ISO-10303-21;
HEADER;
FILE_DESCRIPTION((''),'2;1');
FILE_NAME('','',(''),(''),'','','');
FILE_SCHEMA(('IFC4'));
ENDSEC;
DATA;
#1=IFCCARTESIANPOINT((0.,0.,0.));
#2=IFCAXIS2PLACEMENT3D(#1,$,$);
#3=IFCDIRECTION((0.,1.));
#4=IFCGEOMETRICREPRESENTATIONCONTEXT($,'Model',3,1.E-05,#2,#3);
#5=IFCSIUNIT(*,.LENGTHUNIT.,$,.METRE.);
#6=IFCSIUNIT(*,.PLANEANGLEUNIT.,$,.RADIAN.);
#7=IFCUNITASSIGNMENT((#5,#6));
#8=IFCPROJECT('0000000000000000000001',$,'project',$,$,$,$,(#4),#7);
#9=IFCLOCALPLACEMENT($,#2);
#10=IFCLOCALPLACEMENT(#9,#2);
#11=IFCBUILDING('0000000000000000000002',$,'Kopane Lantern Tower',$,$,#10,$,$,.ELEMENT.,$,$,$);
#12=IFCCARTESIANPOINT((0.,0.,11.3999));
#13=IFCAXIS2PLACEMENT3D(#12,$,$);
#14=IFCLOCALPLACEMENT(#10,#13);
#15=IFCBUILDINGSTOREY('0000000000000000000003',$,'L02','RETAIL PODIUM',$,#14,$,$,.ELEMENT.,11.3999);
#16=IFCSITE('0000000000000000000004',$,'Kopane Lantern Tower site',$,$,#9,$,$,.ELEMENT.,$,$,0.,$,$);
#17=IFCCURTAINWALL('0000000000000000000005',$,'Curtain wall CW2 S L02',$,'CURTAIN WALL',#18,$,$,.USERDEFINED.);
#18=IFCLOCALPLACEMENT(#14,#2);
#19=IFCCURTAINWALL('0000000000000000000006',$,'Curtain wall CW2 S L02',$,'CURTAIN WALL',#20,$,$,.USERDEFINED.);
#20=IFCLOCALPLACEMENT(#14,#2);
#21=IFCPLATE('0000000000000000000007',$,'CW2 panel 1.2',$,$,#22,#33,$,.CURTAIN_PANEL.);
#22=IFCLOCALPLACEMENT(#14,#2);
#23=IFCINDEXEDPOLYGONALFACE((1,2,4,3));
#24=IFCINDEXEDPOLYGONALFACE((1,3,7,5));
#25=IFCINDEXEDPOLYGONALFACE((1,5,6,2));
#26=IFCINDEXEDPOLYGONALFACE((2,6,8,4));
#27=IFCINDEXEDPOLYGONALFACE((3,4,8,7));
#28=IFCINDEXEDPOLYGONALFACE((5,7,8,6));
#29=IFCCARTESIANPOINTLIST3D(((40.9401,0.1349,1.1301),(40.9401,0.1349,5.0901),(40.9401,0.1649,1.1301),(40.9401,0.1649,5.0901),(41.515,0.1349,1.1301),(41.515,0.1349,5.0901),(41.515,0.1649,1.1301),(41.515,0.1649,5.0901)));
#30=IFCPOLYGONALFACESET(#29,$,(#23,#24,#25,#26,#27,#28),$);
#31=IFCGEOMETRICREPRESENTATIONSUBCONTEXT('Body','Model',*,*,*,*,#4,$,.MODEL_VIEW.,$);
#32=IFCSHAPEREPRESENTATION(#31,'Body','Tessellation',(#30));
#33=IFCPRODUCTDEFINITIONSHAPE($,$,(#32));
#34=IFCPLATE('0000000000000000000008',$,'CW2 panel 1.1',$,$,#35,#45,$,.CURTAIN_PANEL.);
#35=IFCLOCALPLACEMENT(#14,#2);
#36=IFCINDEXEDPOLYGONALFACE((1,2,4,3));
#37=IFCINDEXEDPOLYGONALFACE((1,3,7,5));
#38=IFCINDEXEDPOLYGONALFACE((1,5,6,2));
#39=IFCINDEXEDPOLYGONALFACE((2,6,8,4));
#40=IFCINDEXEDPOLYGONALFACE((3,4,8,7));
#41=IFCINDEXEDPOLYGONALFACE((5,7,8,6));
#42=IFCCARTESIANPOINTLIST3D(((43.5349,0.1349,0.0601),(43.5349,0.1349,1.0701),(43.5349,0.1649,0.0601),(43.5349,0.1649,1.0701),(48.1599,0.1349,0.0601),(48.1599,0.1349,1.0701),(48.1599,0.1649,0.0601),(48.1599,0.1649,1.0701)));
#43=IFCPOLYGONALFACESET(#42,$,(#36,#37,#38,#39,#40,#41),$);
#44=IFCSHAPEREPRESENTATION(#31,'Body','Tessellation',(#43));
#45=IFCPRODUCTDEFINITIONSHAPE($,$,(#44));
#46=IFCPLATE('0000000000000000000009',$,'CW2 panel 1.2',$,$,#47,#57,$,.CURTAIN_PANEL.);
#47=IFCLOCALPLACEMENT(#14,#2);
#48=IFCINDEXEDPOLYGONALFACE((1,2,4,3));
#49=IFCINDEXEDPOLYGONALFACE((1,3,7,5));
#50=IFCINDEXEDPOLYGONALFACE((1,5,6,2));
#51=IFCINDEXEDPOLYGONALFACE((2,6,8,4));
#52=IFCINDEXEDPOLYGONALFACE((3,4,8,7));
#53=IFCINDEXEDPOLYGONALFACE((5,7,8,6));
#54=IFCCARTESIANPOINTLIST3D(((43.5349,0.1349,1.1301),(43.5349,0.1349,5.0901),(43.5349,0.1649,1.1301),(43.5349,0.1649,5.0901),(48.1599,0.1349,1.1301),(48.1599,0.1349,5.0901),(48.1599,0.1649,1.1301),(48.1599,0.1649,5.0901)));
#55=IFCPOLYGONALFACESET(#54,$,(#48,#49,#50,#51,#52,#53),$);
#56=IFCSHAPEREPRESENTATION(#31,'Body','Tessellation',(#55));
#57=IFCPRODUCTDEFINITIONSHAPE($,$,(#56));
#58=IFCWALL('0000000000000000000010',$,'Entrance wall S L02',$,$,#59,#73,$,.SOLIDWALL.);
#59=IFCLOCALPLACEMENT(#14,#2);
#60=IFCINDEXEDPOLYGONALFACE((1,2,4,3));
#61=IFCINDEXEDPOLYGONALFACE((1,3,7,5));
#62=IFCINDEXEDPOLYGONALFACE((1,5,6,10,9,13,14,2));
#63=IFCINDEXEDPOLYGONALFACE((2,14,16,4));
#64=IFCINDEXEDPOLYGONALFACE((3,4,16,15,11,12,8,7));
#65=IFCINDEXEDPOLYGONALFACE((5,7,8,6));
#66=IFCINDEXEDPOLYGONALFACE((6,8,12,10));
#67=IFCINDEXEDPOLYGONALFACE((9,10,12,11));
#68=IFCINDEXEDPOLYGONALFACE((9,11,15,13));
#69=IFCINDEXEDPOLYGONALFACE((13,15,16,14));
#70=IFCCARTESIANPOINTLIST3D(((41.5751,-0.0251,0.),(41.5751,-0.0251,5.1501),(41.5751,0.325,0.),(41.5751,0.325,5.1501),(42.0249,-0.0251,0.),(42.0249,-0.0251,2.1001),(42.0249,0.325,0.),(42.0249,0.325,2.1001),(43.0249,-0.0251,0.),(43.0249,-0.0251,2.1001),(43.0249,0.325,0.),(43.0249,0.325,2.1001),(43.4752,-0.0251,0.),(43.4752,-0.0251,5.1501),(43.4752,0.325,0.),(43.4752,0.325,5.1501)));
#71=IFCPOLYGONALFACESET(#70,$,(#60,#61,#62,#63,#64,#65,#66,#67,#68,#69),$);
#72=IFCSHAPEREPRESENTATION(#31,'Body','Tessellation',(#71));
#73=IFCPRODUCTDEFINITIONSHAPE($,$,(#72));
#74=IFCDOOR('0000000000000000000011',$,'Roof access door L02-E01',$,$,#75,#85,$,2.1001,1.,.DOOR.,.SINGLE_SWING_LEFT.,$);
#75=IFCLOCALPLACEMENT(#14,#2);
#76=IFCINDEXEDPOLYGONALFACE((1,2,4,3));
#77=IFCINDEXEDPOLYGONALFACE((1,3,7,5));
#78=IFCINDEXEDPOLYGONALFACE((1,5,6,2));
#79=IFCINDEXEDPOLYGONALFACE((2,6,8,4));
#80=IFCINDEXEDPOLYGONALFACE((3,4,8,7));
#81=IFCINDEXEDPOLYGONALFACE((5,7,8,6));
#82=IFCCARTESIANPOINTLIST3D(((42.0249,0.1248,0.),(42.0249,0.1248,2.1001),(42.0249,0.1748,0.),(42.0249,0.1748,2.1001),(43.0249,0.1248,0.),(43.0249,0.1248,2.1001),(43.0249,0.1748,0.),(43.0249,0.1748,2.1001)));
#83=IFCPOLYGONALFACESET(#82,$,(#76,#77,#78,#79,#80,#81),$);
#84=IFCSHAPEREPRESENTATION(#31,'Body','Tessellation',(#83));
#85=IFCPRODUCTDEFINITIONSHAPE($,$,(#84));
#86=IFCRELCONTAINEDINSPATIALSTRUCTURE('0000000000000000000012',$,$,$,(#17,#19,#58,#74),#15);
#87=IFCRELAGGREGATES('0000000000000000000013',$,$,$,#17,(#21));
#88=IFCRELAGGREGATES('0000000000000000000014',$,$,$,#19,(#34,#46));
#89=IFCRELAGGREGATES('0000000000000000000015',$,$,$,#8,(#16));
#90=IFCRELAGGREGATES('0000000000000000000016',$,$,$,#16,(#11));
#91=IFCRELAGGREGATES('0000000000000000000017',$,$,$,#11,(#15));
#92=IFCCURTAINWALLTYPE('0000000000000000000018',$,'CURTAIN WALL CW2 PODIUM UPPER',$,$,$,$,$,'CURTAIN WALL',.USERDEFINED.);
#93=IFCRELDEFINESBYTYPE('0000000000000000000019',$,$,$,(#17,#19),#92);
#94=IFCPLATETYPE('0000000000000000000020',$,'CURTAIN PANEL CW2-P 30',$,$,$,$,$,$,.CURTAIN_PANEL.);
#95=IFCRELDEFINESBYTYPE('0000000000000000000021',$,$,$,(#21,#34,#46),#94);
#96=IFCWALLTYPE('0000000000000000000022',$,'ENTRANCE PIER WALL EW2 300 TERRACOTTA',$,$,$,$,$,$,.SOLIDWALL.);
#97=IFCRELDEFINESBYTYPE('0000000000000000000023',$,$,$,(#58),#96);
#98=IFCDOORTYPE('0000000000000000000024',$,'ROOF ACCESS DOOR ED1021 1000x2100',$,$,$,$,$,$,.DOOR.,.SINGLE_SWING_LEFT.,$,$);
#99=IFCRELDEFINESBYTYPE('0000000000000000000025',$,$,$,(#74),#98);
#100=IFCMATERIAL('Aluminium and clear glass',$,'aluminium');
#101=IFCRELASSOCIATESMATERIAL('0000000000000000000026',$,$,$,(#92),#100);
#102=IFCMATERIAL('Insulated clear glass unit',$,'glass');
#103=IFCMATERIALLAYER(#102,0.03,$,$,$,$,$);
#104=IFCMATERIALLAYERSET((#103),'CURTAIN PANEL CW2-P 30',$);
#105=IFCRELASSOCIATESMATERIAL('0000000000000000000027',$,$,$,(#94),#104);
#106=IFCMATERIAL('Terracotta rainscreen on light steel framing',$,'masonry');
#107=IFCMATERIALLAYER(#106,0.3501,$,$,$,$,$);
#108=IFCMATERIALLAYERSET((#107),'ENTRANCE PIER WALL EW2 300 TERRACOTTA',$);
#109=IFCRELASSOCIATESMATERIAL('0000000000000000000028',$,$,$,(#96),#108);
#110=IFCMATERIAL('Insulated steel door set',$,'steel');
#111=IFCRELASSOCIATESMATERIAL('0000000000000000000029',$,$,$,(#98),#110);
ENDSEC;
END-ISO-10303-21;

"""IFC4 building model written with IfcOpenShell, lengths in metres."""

from ifc_helpers import new_model, si_unit, direction, frame, frame_2d, origin, origin_2d, place, context, subcontext, project, spatial, rectangle, extrude, material, layer, layer_set, type_object, element, fill, aggregate, save


model = new_model("IFC4")

# Units and contexts
model_context = context("Model", 3, precision=1e-05, world=origin(), true_north=direction((0.0, 1.0)))
body_context = subcontext(model_context, "Body", "Model", "MODEL_VIEW")
ifc_project = project(units=[si_unit("LENGTHUNIT", "METRE"), si_unit("PLANEANGLEUNIT", "RADIAN")], contexts=[model_context])

# Site, building, storey
site_placement = place(None, origin())
site = spatial("IfcSite", under=ifc_project, at=site_placement, Name="Kopane Lantern Tower site", CompositionType="ELEMENT", RefElevation=0.0)
building_placement = place(site_placement, origin())
building = spatial("IfcBuilding", under=site, at=building_placement, Name="Kopane Lantern Tower", CompositionType="ELEMENT")
storey_placement = place(building_placement, frame((0.0, 0.0, 11.3999)))
storey = spatial("IfcBuildingStorey", under=building, at=storey_placement, Name="L02", Description="RETAIL PODIUM", CompositionType="ELEMENT", Elevation=11.3999)

# Curtain wall
ifc_material_1 = material(Name="Aluminium and clear glass", Category="aluminium")
curtain_wall_type = type_object("IfcCurtainWallType", Name="CURTAIN WALL CW2 PODIUM UPPER", ElementType="CURTAIN WALL", PredefinedType="USERDEFINED", material=ifc_material_1)
curtain_wall_1_placement = place(storey_placement, origin())
curtain_wall_1 = element("IfcCurtainWall", 1, at=curtain_wall_1_placement, inside=storey, type_object=curtain_wall_type, Name="Curtain wall CW2 S L02", ObjectType="CURTAIN WALL", PredefinedType="USERDEFINED")

# Curtain wall
curtain_wall_2_placement = place(storey_placement, origin())
curtain_wall_2 = element("IfcCurtainWall", 2, at=curtain_wall_2_placement, inside=storey, type_object=curtain_wall_type, Name="Curtain wall CW2 S L02", ObjectType="CURTAIN WALL", PredefinedType="USERDEFINED")

# Plates
ifc_material_2 = material(Name="Insulated clear glass unit", Category="glass")
ifc_layer_1 = layer(ifc_material_2, 0.03)
ifc_layer_set_1 = layer_set([ifc_layer_1], Name="CURTAIN PANEL CW2-P 30")
plate_type = type_object("IfcPlateType", Name="CURTAIN PANEL CW2-P 30", PredefinedType="CURTAIN_PANEL", material=ifc_layer_set_1)
plate_1_placement = place(storey_placement, frame((41.2275, 0.1499, 1.1301), z_axis=(0.0, 0.0, 1.0), x_axis=(1.0, 0.0, 0.0)))
plate_1 = element("IfcPlate", 3, at=plate_1_placement, type_object=plate_type, Name="CW2 panel 1.2", PredefinedType="CURTAIN_PANEL", context=body_context, shape_type="SweptSolid", body=[
    extrude(rectangle(XDim=0.575, YDim=0.03, at=origin_2d()), origin(), (0.0, 0.0, 1.0), 3.96),
])
aggregate(curtain_wall_1, [plate_1])
plate_2_placement = place(storey_placement, frame((45.8474, 0.1499, 0.0601), z_axis=(0.0, 0.0, 1.0), x_axis=(1.0, 0.0, 0.0)))
plate_2 = element("IfcPlate", 4, at=plate_2_placement, type_object=plate_type, Name="CW2 panel 1.1", PredefinedType="CURTAIN_PANEL", context=body_context, shape_type="SweptSolid", body=[
    extrude(rectangle(XDim=4.625, YDim=0.03, at=origin_2d()), origin(), (0.0, 0.0, 1.0), 1.01),
])
plate_3_placement = place(storey_placement, frame((45.8474, 0.1499, 1.1301), z_axis=(0.0, 0.0, 1.0), x_axis=(1.0, 0.0, 0.0)))
plate_3 = element("IfcPlate", 5, at=plate_3_placement, type_object=plate_type, Name="CW2 panel 1.2", PredefinedType="CURTAIN_PANEL", context=body_context, shape_type="SweptSolid", body=[
    extrude(rectangle(XDim=4.625, YDim=0.03, at=origin_2d()), origin(), (0.0, 0.0, 1.0), 3.96),
])
aggregate(curtain_wall_2, [plate_2, plate_3])

# Wall, opening, door
ifc_material_3 = material(Name="Terracotta rainscreen on light steel framing", Category="masonry")
ifc_layer_2 = layer(ifc_material_3, 0.3501)
ifc_layer_set_2 = layer_set([ifc_layer_2], Name="ENTRANCE PIER WALL EW2 300 TERRACOTTA")
wall_type = type_object("IfcWallType", Name="ENTRANCE PIER WALL EW2 300 TERRACOTTA", PredefinedType="SOLIDWALL", material=ifc_layer_set_2)
wall_placement = place(storey_placement, frame((41.575, 0.1499, 0.0), z_axis=(0.0, 0.0, 1.0), x_axis=(1.0, 0.0, 0.0)))
wall = element("IfcWall", 6, at=wall_placement, inside=storey, type_object=wall_type, Name="Entrance wall S L02", PredefinedType="SOLIDWALL", context=body_context, shape_type="SweptSolid", body=[
    extrude(rectangle(XDim=1.9001, YDim=0.3501, at=frame_2d((0.9502, 0.0))), origin(), (0.0, 0.0, 1.0), 5.1501),
])
opening_placement = place(wall_placement, frame((0.45, 0.0, 0.0)))
opening = element("IfcOpeningElement", 7, at=opening_placement, cuts=wall, PredefinedType="OPENING", context=body_context, shape_type="SweptSolid", body=[
    extrude(rectangle(XDim=1.0, YDim=2.1001, at=frame_2d((0.5, 1.05))), frame((0.0, 0.1851, 0.0), z_axis=(0.0, -1.0, 0.0), x_axis=(1.0, 0.0, 0.0)), (0.0, 0.0, 1.0), 0.3701),
])
ifc_material_4 = material(Name="Insulated steel door set", Category="steel")
door_type = type_object("IfcDoorType", Name="ROOF ACCESS DOOR ED1021 1000x2100", OperationType="SINGLE_SWING_LEFT", PredefinedType="DOOR", material=ifc_material_4)
door_placement = place(opening_placement, origin())
door = element("IfcDoor", 8, at=door_placement, inside=storey, type_object=door_type, Name="Roof access door L02-E01", OperationType="SINGLE_SWING_LEFT", OverallHeight=2.1001, OverallWidth=1.0, PredefinedType="DOOR", context=body_context, shape_type="SweptSolid", body=[
    extrude(rectangle(XDim=1.0, YDim=2.1001, at=frame_2d((0.5, 1.05))), frame((0.0, 0.0249, 0.0), z_axis=(0.0, -1.0, 0.0), x_axis=(1.0, 0.0, 0.0)), (0.0, 0.0, 1.0), 0.05),
])
fill(opening, door)

save(model, "model.ifc")
